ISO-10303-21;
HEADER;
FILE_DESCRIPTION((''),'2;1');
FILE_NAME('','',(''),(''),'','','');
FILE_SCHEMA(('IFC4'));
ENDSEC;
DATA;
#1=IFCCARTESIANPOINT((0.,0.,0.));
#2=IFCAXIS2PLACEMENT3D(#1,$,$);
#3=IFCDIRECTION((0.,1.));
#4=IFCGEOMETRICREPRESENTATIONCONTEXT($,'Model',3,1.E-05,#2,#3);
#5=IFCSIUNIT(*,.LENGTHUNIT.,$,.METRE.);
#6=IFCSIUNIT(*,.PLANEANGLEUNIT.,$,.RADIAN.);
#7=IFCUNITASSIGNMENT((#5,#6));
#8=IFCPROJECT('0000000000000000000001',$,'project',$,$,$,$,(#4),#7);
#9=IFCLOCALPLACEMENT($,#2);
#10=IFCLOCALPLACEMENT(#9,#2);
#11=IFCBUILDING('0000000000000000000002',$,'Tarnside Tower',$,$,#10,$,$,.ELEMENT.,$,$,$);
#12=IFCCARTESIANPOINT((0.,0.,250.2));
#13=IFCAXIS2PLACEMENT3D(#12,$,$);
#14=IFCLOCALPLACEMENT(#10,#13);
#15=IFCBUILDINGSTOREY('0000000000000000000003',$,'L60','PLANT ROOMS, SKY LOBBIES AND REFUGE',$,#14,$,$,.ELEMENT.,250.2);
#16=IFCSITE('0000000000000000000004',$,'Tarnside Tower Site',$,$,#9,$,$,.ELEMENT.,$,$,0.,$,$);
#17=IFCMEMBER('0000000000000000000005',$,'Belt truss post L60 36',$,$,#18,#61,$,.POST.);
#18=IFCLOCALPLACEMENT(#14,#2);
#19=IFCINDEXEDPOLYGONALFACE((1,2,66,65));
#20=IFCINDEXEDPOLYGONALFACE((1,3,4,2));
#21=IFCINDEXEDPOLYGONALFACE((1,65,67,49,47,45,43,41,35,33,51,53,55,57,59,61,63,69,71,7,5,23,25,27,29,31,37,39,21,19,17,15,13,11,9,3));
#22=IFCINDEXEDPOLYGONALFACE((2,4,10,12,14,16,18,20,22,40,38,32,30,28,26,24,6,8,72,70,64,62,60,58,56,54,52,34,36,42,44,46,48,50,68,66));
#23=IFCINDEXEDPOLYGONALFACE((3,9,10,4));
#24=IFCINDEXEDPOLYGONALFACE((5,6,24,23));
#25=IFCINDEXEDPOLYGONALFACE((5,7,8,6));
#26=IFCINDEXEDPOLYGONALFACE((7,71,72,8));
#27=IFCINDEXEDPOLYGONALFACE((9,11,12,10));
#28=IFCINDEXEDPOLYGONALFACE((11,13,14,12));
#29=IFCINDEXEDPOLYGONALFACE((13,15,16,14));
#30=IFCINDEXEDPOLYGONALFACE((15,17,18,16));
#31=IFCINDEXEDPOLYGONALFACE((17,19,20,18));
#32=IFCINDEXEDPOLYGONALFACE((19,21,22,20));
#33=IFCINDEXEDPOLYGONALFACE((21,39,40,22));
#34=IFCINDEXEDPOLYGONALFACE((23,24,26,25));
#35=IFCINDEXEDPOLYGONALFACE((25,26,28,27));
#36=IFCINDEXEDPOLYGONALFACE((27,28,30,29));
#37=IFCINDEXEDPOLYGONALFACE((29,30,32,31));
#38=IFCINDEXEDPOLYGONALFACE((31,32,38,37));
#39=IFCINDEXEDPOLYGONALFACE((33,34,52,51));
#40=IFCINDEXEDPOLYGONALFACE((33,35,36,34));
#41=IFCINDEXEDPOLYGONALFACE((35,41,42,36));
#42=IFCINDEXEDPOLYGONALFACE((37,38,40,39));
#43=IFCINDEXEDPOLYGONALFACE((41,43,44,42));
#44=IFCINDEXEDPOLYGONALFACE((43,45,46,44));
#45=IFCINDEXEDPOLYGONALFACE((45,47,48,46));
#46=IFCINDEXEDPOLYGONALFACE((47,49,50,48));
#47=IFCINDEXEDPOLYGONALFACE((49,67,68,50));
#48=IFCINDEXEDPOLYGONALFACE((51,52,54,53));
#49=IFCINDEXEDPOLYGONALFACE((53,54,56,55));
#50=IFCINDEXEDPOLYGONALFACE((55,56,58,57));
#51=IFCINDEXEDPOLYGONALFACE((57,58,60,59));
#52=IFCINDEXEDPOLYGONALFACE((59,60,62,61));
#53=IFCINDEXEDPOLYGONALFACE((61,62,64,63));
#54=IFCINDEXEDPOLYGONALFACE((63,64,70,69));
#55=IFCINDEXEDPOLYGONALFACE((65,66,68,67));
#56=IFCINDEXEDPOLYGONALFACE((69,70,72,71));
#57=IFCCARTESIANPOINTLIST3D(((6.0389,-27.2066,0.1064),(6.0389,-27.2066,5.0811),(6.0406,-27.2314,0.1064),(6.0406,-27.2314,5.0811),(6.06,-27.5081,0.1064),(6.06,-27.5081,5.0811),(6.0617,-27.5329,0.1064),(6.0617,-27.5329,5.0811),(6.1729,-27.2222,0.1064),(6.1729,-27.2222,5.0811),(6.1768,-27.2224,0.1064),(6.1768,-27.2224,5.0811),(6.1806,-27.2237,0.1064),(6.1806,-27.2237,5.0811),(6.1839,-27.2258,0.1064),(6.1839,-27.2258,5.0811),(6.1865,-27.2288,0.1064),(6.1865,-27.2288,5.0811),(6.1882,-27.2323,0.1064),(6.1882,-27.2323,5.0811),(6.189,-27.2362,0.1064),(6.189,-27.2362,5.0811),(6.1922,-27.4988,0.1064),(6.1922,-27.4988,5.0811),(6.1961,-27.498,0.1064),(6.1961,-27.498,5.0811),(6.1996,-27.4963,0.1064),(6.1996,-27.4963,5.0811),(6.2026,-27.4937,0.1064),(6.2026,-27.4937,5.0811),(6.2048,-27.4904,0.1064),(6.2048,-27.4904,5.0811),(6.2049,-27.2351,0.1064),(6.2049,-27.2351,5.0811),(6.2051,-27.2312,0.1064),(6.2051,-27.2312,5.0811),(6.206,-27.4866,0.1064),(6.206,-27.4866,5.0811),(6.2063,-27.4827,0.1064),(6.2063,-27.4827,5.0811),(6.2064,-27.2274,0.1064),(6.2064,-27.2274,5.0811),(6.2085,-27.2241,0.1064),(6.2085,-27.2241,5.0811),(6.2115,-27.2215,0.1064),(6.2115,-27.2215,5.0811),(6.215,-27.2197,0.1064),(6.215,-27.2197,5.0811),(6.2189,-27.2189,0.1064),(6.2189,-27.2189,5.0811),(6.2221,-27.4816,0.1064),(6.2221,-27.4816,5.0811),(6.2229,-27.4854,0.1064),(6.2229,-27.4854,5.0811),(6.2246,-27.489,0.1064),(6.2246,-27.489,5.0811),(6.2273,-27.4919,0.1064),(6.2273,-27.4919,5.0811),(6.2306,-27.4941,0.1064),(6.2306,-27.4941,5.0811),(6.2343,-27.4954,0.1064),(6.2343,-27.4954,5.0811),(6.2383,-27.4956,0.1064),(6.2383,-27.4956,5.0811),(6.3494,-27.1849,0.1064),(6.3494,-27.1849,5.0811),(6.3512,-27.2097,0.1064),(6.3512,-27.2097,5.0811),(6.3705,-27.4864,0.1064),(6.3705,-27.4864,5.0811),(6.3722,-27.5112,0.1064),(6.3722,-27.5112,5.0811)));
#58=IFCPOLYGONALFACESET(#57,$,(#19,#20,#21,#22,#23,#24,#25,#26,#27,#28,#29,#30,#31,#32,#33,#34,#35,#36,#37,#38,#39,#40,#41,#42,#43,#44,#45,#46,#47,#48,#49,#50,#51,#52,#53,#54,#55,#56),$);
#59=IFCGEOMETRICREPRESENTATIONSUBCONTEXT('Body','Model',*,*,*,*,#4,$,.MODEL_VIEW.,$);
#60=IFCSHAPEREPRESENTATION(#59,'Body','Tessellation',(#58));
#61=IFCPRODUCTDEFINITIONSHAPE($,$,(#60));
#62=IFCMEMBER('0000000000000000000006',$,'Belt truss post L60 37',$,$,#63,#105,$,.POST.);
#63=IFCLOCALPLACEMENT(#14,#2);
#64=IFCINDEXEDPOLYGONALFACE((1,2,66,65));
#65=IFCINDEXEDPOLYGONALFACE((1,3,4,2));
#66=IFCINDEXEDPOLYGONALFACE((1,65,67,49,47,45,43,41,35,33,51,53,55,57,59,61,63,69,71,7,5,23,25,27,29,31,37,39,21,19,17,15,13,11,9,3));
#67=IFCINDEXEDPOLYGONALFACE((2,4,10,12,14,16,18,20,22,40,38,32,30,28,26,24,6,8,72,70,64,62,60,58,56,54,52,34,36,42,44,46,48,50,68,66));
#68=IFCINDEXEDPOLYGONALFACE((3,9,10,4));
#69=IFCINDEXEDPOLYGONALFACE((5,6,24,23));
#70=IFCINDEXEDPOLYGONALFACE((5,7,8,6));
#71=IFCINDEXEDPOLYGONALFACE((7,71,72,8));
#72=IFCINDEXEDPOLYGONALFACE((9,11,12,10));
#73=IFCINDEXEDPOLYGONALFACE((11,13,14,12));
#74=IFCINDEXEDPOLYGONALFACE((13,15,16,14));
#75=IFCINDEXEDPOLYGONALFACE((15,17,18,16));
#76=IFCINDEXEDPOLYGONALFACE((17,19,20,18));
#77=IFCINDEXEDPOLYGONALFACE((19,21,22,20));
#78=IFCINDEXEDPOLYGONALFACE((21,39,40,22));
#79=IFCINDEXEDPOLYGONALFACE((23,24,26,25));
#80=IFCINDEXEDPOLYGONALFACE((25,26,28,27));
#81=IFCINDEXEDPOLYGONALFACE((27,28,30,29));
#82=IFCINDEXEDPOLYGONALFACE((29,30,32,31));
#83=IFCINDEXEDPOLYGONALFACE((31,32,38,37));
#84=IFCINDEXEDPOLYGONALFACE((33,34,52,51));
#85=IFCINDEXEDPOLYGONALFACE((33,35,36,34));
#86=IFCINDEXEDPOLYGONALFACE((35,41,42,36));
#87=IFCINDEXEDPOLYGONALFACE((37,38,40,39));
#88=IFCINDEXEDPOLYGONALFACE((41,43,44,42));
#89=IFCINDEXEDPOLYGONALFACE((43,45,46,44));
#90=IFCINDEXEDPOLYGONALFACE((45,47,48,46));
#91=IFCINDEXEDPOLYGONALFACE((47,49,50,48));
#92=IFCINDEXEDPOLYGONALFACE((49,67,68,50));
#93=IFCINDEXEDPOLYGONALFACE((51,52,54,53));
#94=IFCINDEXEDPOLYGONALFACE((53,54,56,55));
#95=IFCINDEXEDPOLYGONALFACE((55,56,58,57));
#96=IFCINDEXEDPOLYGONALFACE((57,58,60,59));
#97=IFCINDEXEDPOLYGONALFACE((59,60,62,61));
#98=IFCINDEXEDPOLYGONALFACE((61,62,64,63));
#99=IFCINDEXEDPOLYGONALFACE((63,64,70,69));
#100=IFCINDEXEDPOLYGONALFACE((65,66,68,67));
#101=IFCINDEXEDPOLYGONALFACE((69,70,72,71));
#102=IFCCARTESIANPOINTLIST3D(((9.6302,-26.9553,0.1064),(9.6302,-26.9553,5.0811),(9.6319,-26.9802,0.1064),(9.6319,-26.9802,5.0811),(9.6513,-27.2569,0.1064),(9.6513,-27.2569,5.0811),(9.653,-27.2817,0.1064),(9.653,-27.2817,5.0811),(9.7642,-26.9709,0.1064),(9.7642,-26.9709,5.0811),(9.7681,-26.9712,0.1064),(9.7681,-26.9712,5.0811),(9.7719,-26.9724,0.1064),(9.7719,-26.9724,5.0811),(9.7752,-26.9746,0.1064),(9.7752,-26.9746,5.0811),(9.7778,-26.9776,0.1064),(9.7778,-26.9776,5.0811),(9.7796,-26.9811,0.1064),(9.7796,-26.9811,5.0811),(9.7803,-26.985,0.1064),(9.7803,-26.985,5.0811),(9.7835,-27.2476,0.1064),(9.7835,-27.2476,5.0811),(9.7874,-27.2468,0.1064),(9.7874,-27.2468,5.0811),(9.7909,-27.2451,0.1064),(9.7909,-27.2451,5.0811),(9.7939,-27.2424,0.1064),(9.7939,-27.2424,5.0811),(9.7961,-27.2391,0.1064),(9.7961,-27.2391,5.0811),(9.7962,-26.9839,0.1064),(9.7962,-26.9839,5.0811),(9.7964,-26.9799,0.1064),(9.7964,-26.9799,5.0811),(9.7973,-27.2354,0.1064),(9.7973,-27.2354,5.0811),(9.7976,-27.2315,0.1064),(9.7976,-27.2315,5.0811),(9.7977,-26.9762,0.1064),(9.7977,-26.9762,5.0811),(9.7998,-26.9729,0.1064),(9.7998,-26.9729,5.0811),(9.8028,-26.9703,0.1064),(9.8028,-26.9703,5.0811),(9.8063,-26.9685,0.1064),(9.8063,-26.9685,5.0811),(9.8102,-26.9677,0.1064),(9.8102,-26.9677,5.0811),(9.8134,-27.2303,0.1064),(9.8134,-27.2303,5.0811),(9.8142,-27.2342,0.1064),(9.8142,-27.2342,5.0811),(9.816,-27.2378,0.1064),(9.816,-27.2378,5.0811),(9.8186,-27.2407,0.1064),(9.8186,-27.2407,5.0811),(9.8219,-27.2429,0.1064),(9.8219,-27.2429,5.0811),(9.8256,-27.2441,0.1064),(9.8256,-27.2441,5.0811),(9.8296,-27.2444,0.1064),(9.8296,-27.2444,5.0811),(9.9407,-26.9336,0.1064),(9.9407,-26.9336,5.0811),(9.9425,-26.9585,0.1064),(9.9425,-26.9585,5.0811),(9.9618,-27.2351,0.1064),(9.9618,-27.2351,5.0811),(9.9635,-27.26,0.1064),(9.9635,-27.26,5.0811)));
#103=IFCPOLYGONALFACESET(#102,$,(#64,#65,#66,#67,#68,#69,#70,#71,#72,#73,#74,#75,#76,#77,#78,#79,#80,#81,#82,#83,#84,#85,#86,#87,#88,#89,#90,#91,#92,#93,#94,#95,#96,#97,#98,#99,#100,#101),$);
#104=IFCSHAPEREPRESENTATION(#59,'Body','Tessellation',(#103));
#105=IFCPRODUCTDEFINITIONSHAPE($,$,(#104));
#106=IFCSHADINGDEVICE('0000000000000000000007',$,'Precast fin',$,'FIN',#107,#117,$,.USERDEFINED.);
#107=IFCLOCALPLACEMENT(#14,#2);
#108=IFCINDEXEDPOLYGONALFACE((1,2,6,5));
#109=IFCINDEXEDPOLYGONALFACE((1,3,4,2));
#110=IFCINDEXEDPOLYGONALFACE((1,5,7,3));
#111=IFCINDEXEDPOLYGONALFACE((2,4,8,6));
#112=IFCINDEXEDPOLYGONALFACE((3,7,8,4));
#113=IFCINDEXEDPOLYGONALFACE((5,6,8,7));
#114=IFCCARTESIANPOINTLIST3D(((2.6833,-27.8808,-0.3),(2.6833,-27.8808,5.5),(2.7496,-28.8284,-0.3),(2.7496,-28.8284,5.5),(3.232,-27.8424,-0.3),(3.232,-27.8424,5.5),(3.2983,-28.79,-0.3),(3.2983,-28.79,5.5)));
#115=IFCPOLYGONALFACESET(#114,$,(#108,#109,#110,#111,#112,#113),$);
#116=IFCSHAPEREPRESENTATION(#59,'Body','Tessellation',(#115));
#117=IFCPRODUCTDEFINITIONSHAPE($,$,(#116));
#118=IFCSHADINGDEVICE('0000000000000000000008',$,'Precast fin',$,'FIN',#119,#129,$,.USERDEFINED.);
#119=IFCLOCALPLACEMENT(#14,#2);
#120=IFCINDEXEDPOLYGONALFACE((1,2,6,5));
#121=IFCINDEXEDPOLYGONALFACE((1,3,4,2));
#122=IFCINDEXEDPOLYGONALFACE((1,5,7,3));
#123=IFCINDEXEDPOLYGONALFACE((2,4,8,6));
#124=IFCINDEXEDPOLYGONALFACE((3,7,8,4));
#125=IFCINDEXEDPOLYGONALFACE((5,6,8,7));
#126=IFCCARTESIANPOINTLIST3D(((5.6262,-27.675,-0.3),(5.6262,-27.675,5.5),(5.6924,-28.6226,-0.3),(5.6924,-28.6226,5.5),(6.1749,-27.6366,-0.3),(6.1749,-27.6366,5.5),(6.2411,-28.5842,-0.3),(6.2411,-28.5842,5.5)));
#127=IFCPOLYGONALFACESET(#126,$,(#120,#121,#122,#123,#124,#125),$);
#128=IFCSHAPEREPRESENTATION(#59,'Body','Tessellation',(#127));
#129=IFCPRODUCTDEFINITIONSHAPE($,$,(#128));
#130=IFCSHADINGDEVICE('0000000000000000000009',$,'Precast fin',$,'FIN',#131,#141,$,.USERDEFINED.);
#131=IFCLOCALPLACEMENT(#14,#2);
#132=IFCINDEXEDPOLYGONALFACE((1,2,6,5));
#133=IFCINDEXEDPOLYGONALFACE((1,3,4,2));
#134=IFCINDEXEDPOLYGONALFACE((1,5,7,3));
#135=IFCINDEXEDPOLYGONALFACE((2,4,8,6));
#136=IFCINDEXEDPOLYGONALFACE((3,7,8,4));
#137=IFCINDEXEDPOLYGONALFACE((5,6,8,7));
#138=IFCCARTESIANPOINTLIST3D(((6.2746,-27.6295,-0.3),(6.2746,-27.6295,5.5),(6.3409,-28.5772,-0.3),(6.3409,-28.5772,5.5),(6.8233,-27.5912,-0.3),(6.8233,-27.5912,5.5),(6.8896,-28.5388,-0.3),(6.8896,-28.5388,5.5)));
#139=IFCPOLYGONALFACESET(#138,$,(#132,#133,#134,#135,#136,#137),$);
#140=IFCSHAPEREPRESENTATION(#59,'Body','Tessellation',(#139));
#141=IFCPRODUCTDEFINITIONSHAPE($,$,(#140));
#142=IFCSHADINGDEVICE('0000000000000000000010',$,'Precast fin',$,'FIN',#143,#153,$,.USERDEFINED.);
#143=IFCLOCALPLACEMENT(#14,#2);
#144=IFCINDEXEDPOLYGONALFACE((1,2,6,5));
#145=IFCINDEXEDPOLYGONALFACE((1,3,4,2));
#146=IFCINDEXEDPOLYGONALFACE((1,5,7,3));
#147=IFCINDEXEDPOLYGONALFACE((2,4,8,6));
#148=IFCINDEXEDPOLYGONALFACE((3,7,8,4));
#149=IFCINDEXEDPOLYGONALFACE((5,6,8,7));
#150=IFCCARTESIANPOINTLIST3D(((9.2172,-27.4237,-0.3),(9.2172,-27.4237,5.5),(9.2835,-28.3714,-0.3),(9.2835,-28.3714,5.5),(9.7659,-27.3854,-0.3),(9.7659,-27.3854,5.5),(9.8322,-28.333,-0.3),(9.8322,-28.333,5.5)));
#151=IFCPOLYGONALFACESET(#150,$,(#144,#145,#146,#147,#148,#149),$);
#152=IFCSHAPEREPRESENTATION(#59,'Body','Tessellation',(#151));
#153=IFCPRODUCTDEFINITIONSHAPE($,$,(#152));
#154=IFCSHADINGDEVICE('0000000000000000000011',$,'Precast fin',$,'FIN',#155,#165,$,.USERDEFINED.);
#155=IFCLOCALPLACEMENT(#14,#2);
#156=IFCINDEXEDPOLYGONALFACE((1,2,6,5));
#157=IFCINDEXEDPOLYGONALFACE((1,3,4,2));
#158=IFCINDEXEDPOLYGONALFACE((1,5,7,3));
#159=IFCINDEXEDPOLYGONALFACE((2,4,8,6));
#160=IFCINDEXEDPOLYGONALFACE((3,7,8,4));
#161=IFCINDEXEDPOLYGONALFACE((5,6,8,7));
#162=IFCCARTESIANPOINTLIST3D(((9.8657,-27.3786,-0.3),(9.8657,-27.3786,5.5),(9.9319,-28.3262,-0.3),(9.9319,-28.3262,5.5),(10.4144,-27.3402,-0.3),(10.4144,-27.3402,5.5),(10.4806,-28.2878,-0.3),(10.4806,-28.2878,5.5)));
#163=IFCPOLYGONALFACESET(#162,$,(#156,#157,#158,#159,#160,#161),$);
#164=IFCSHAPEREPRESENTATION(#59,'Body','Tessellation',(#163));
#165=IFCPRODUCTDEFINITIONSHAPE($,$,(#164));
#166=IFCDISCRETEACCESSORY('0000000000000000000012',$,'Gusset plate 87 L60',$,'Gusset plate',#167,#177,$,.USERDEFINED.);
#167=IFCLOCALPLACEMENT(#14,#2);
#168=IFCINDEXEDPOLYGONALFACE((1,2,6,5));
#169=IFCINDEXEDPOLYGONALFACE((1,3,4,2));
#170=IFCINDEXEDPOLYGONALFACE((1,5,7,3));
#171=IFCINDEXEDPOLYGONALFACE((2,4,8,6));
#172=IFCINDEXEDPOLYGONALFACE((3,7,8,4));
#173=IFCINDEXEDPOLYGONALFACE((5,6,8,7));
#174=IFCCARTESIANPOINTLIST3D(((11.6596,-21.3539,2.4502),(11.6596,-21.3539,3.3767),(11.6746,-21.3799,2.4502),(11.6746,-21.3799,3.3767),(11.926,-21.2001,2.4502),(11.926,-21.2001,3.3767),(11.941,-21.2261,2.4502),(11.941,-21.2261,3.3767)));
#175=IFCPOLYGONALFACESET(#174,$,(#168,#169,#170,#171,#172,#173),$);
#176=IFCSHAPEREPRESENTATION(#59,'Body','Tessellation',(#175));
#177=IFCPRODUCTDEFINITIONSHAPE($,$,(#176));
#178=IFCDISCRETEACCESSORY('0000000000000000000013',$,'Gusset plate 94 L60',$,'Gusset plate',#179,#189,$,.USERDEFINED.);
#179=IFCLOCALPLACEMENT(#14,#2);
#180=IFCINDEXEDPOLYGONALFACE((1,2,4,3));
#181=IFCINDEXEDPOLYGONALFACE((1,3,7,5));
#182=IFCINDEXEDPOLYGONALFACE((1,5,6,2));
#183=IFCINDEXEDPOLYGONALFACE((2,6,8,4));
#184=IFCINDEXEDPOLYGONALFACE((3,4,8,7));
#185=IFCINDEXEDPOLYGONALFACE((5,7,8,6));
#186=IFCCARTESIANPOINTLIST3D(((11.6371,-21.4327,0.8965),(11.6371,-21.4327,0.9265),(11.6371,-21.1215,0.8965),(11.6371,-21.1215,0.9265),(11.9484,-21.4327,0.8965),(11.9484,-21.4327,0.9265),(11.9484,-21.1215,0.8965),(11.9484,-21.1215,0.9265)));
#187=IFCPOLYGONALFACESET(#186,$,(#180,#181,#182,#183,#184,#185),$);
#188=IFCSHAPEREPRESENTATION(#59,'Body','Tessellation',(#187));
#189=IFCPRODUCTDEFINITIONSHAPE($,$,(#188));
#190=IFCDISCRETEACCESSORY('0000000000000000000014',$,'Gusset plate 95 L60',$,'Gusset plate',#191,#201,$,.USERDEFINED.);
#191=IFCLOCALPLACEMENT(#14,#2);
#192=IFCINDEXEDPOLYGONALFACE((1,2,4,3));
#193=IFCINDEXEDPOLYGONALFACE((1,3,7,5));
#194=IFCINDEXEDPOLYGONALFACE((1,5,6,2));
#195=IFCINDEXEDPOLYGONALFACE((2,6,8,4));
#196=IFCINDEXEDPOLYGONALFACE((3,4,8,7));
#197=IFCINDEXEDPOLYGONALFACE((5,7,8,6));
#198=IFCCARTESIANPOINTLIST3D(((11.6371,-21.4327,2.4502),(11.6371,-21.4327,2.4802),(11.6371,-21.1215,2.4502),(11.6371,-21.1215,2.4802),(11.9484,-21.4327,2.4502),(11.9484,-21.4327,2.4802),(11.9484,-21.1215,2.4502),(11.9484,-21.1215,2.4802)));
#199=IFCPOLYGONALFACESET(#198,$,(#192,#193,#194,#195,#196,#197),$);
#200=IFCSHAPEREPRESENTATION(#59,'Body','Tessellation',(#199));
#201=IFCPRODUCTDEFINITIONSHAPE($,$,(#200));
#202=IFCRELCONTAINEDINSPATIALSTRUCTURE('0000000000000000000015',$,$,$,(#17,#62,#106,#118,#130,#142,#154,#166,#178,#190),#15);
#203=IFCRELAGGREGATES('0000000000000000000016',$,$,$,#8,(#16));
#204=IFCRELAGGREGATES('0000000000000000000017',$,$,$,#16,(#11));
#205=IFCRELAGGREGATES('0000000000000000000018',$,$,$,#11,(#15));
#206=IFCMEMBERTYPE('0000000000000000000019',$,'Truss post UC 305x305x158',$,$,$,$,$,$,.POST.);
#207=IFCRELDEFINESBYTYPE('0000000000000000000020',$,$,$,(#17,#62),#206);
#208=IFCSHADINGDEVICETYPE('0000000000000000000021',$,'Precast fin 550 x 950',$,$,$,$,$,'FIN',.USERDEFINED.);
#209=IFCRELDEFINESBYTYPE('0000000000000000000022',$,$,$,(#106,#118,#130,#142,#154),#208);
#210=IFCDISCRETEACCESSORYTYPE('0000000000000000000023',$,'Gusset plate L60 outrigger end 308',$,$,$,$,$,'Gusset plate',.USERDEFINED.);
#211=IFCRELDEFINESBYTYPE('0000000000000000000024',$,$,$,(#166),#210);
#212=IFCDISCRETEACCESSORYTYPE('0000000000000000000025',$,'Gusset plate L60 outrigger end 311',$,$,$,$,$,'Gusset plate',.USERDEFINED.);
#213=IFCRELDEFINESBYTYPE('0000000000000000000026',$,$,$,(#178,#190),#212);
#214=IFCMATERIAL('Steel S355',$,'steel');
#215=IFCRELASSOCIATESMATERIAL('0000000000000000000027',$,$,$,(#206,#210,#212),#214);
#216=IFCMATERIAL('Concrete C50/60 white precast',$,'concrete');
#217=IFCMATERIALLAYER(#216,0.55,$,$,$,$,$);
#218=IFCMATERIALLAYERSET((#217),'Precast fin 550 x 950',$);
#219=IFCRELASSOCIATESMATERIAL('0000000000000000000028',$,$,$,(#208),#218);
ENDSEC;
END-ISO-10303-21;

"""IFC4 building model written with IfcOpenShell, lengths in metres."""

from ifc_helpers import new_model, si_unit, direction, frame, origin, origin_2d, place, context, subcontext, project, spatial, polyline, rectangle, i_section, outline, extrude, material, layer, layer_set, material_profile, profile_set, type_object, element, save


model = new_model("IFC4")

# Units and contexts
model_context = context("Model", 3, precision=1e-05, world=origin(), true_north=direction((0.0, 1.0)))
body_context = subcontext(model_context, "Body", "Model", "MODEL_VIEW")
ifc_project = project(units=[si_unit("LENGTHUNIT", "METRE"), si_unit("PLANEANGLEUNIT", "RADIAN")], contexts=[model_context])

# Site, building, storey
site_placement = place(None, origin())
site = spatial("IfcSite", under=ifc_project, at=site_placement, Name="Tarnside Tower Site", CompositionType="ELEMENT", RefElevation=0.0)
building_placement = place(site_placement, origin())
building = spatial("IfcBuilding", under=site, at=building_placement, Name="Tarnside Tower", CompositionType="ELEMENT")
storey_placement = place(building_placement, frame((0.0, 0.0, 250.2)))
storey = spatial("IfcBuildingStorey", under=building, at=storey_placement, Name="L60", Description="PLANT ROOMS, SKY LOBBIES AND REFUGE", CompositionType="ELEMENT", Elevation=250.2)

# Shared definitions
ifc_material_1 = material(Name="Steel S355", Category="steel")

# Members
ifc_material_profile_1 = material_profile(ifc_material_1, i_section(OverallWidth=0.3113, OverallDepth=0.3271, WebThickness=0.0159, FlangeThickness=0.0249, FilletRadius=0.0151, at=origin_2d()), Name="UC 305x305x158")
ifc_profile_set_1 = profile_set([ifc_material_profile_1], Name="Steel S355")
member_type_1 = type_object("IfcMemberType", Name="Truss post UC 305x305x158", PredefinedType="POST", material=ifc_profile_set_1)
for number, where, z_axis, x_axis, name in (
    (1, (6.2056, -27.3589, 0.1064), (0.0, 0.0, 1.0), (0.997564, 0.069756, 0.0), "Belt truss post L60 36"),
    (2, (9.7969, -27.1077, 0.1064), (0.0, 0.0, 1.0), (0.997564, 0.069756, 0.0), "Belt truss post L60 37"),
):
    element("IfcMember", number, at=place(storey_placement, frame(where, z_axis=z_axis, x_axis=x_axis)), inside=storey, type_object=member_type_1, Name=name, PredefinedType="POST", context=body_context, shape_type="SweptSolid", body=[
        extrude(i_section(OverallWidth=0.3113, OverallDepth=0.3271, WebThickness=0.0159, FlangeThickness=0.0249, FilletRadius=0.0151, at=origin_2d()), origin(), (0.0, 0.0, 1.0), 4.9746),
    ])

# Shading devices
ifc_material_2 = material(Name="Concrete C50/60 white precast", Category="concrete")
ifc_layer = layer(ifc_material_2, 0.55)
ifc_layer_set = layer_set([ifc_layer], Name="Precast fin 550 x 950")
shading_device_type = type_object("IfcShadingDeviceType", Name="Precast fin 550 x 950", ElementType="FIN", PredefinedType="USERDEFINED", material=ifc_layer_set)
for number, where, z_axis, x_axis, name in (
    (3, (2.9578, -27.8616, -0.3), (-0.997564, -0.069756, 0.0), (0.069756, -0.997564, 0.0), "Precast fin"),
    (4, (5.9006, -27.6558, -0.3), (-0.997564, -0.069756, 0.0), (0.069756, -0.997564, 0.0), "Precast fin"),
    (5, (6.5491, -27.6104, -0.3), (-0.997564, -0.069756, 0.0), (0.069756, -0.997564, 0.0), "Precast fin"),
    (6, (9.4917, -27.4045, -0.3), (-0.997564, -0.069756, 0.0), (0.069756, -0.997564, 0.0), "Precast fin"),
    (7, (10.1401, -27.3594, -0.3), (-0.997564, -0.069756, 0.0), (0.069756, -0.997564, 0.0), "Precast fin"),
):
    element("IfcShadingDevice", number, at=place(storey_placement, frame(where, z_axis=z_axis, x_axis=x_axis)), inside=storey, type_object=shading_device_type, Name=name, ObjectType="FIN", PredefinedType="USERDEFINED", context=body_context, shape_type="SweptSolid", body=[
        extrude(outline(polyline([(0.0, 0.0), (0.95, 0.0), (0.95, 5.8), (0.0, 5.8), (0.0, 0.0)])), frame((0.0, 0.0, -0.2749)), (0.0, 0.0, 1.0), 0.55),
    ])

# Discrete accessories
discrete_accessory_type_1 = type_object("IfcDiscreteAccessoryType", Name="Gusset plate L60 outrigger end 308", ElementType="Gusset plate", PredefinedType="USERDEFINED", material=ifc_material_1)
discrete_accessory_placement = place(storey_placement, frame((11.8003, -21.29, 2.4502), z_axis=(0.0, 0.0, 1.0), x_axis=(0.500002, -0.866025, 0.0)))
element("IfcDiscreteAccessory", 8, at=discrete_accessory_placement, inside=storey, type_object=discrete_accessory_type_1, Name="Gusset plate 87 L60", ObjectType="Gusset plate", PredefinedType="USERDEFINED", context=body_context, shape_type="SweptSolid", body=[
    extrude(rectangle(XDim=0.03, YDim=0.3076, at=origin_2d()), origin(), (0.0, 0.0, 1.0), 0.9265),
])
discrete_accessory_type_2 = type_object("IfcDiscreteAccessoryType", Name="Gusset plate L60 outrigger end 311", ElementType="Gusset plate", PredefinedType="USERDEFINED", material=ifc_material_1)
for number, where, z_axis, x_axis, name in (
    (9, (11.7927, -21.2771, 0.8965), (0.0, 0.0, 1.0), (1.0, 0.0, 0.0), "Gusset plate 94 L60"),
    (10, (11.7927, -21.2771, 2.4502), (0.0, 0.0, 1.0), (1.0, 0.0, 0.0), "Gusset plate 95 L60"),
):
    element("IfcDiscreteAccessory", number, at=place(storey_placement, frame(where, z_axis=z_axis, x_axis=x_axis)), inside=storey, type_object=discrete_accessory_type_2, Name=name, ObjectType="Gusset plate", PredefinedType="USERDEFINED", context=body_context, shape_type="SweptSolid", body=[
        extrude(rectangle(XDim=0.3113, YDim=0.3113, at=origin_2d()), origin(), (0.0, 0.0, 1.0), 0.03),
    ])

save(model, "model.ifc")
